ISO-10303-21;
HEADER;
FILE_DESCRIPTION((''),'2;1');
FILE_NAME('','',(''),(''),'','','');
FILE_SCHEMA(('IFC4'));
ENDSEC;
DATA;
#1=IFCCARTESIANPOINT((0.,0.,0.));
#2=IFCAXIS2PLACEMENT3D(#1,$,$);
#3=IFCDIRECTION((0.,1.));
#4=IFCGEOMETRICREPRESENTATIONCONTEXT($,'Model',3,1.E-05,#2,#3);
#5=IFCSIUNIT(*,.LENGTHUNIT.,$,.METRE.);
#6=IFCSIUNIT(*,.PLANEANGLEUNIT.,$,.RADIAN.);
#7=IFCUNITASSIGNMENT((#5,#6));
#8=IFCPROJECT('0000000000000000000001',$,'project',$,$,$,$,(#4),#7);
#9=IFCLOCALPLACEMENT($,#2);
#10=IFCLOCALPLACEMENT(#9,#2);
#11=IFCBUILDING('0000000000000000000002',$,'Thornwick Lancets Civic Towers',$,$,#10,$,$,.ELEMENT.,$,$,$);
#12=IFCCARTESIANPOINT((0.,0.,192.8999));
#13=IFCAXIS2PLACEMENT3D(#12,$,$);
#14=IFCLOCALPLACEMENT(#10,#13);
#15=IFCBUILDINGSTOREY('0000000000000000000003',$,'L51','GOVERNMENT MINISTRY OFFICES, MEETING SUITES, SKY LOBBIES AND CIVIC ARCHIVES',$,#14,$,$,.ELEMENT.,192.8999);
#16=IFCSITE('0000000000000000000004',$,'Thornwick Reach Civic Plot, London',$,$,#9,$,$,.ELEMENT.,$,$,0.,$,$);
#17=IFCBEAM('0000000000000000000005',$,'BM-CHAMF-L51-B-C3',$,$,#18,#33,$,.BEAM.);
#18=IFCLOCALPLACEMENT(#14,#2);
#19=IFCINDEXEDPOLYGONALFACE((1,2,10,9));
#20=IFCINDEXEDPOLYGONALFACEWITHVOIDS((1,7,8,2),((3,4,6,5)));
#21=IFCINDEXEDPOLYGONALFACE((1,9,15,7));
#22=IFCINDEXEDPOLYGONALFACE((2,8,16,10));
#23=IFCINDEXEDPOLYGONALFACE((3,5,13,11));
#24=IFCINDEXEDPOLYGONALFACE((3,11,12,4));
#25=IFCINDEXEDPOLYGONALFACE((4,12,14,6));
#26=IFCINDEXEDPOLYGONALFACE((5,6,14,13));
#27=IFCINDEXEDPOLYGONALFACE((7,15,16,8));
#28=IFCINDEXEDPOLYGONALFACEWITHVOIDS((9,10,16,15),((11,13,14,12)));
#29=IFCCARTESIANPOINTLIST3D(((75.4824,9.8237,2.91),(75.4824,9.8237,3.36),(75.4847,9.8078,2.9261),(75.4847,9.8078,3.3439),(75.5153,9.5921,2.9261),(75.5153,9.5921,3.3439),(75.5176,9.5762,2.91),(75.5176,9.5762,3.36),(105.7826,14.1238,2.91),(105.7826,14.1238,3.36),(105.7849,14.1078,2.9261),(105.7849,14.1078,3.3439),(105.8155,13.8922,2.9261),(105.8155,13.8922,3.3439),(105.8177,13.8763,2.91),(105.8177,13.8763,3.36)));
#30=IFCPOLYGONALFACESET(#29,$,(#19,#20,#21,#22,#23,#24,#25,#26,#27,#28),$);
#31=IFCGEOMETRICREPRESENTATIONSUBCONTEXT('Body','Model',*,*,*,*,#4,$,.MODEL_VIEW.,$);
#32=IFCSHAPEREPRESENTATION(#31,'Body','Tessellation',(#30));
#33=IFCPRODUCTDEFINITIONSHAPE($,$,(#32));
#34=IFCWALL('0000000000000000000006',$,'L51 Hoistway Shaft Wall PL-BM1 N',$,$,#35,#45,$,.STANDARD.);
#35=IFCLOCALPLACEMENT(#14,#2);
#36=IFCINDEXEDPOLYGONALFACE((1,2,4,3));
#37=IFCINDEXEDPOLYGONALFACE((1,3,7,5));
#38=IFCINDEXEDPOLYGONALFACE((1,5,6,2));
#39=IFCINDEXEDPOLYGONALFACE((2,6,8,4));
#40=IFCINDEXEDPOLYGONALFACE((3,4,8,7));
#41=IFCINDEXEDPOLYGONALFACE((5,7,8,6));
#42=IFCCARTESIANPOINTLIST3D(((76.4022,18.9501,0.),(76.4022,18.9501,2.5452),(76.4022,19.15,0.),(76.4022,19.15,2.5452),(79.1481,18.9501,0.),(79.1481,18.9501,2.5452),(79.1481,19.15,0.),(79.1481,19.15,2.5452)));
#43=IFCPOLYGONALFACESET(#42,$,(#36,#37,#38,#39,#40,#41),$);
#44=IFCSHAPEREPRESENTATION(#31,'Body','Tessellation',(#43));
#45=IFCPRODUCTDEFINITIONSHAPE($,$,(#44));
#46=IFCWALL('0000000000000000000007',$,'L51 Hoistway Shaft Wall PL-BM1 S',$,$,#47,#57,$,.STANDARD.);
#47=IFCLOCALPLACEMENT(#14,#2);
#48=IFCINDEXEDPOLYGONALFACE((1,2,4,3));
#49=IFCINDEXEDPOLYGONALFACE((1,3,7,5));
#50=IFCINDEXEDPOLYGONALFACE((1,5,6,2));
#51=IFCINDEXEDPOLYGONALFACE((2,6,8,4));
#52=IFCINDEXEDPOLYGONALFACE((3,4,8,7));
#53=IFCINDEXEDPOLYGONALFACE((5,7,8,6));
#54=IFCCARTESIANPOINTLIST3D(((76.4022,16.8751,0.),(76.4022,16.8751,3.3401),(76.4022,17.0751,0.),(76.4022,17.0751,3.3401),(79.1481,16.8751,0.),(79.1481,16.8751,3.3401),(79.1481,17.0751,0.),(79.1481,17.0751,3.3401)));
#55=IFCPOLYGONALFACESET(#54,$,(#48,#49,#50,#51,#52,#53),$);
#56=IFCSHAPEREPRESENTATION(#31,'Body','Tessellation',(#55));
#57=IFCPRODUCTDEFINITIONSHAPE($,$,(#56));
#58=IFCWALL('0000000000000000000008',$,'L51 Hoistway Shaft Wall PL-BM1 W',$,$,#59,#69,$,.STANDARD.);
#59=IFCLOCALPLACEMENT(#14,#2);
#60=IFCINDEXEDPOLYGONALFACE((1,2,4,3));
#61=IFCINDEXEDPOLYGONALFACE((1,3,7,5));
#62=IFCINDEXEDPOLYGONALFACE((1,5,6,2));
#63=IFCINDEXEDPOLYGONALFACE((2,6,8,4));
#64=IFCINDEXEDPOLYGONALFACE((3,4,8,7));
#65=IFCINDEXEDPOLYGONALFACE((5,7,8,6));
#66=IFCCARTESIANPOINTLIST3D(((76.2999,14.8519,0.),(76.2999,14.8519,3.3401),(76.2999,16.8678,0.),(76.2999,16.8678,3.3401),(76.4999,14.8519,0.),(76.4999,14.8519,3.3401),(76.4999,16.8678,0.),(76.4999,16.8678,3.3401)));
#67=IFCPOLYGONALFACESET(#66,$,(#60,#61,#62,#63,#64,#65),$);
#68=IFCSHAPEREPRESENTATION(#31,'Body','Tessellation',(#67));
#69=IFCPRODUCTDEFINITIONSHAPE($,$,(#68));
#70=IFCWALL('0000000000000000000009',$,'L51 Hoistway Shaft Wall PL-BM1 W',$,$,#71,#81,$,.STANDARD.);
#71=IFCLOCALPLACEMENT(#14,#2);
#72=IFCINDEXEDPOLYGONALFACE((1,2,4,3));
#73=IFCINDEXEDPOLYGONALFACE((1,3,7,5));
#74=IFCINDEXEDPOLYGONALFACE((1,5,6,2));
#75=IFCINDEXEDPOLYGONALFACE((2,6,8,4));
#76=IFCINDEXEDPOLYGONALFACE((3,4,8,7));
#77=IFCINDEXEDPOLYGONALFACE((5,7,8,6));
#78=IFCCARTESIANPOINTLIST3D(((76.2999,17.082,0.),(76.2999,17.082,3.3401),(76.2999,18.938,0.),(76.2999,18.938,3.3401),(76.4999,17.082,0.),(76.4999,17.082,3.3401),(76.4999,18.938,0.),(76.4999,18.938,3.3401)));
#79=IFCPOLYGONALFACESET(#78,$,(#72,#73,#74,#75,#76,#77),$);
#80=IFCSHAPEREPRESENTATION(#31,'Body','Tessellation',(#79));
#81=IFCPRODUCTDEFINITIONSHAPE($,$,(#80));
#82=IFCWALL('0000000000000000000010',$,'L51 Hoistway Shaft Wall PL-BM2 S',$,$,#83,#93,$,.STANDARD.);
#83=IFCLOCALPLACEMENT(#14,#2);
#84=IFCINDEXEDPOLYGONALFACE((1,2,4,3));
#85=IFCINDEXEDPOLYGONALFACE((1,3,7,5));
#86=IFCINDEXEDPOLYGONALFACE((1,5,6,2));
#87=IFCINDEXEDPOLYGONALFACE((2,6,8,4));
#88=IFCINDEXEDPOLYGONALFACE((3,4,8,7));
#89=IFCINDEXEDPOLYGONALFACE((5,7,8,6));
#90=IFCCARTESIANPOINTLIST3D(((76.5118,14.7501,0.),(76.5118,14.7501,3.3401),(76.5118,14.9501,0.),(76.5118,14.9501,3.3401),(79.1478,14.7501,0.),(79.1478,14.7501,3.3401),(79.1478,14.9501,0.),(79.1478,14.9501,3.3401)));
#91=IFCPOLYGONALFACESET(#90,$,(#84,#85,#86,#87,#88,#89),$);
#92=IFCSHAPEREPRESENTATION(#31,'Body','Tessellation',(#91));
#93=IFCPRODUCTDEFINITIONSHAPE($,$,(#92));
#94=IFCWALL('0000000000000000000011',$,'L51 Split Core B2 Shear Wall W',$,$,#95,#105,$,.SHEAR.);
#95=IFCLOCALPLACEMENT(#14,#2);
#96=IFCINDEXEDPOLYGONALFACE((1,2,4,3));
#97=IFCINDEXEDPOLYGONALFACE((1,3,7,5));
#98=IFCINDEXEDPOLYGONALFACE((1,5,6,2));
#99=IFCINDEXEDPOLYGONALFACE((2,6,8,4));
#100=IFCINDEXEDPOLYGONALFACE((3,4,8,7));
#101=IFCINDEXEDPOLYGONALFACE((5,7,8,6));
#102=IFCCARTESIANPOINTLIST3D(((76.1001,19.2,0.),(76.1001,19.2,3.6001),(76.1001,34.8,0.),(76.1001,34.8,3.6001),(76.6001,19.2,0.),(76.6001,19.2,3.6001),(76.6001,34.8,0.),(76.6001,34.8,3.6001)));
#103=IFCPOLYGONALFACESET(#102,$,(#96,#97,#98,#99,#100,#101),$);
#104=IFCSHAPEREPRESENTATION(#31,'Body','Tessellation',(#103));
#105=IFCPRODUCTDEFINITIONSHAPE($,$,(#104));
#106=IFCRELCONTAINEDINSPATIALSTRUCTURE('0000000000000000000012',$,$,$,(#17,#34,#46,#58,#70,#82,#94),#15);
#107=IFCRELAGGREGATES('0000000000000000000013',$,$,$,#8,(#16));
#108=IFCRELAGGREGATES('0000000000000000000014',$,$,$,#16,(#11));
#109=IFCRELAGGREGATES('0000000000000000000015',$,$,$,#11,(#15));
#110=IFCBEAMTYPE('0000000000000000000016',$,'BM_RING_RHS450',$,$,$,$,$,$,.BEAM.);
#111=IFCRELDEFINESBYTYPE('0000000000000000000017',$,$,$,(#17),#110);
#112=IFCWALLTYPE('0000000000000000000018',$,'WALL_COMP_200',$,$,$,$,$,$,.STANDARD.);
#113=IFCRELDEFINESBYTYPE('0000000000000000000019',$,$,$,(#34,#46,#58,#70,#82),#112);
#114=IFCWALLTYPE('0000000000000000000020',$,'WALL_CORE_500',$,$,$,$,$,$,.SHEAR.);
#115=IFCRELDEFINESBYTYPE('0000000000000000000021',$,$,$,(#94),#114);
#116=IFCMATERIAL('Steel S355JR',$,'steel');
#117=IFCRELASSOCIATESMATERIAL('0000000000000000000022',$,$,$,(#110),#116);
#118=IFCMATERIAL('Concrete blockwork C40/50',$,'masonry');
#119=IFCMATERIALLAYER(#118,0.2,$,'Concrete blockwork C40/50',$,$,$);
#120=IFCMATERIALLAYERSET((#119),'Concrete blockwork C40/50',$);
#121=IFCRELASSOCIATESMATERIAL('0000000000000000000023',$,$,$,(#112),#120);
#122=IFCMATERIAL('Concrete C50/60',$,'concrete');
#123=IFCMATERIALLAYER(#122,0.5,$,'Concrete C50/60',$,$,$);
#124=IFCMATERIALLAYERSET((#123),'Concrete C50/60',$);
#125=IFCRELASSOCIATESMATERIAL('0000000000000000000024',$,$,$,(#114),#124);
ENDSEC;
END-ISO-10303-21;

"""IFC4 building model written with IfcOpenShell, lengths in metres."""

from ifc_helpers import new_model, si_unit, direction, frame, frame_2d, origin, origin_2d, place, context, subcontext, project, spatial, rectangle, hollow_rectangle, extrude, material, layer, layer_set, material_profile, profile_set, type_object, element, save


model = new_model("IFC4")

# Units and contexts
model_context = context("Model", 3, precision=1e-05, world=origin(), true_north=direction((0.0, 1.0)))
body_context = subcontext(model_context, "Body", "Model", "MODEL_VIEW")
ifc_project = project(units=[si_unit("LENGTHUNIT", "METRE"), si_unit("PLANEANGLEUNIT", "RADIAN")], contexts=[model_context])

# Site, building, storey
site_placement = place(None, origin())
site = spatial("IfcSite", under=ifc_project, at=site_placement, Name="Thornwick Reach Civic Plot, London", CompositionType="ELEMENT", RefElevation=0.0)
building_placement = place(site_placement, origin())
building = spatial("IfcBuilding", under=site, at=building_placement, Name="Thornwick Lancets Civic Towers", CompositionType="ELEMENT")
storey_placement = place(building_placement, frame((0.0, 0.0, 192.8999)))
storey = spatial("IfcBuildingStorey", under=building, at=storey_placement, Name="L51", Description="GOVERNMENT MINISTRY OFFICES, MEETING SUITES, SKY LOBBIES AND CIVIC ARCHIVES", CompositionType="ELEMENT", Elevation=192.8999)

# Shared definitions
ifc_material_1 = material(Name="Concrete C50/60", Category="concrete")

# Beam
ifc_material_2 = material(Name="Steel S355JR", Category="steel")
ifc_material_profile_1 = material_profile(ifc_material_2, hollow_rectangle(XDim=0.25, YDim=0.45, WallThickness=0.0161, at=origin_2d()), Name="RHS 450x250x16")
ifc_profile_set_1 = profile_set([ifc_material_profile_1], Name="Steel S355JR")
beam_type_1 = type_object("IfcBeamType", Name="BM_RING_RHS450", PredefinedType="BEAM", material=ifc_profile_set_1)
beam_1_placement = place(storey_placement, frame((75.5, 9.7, 3.135), z_axis=(0.99008, 0.140508, 0.0), x_axis=(-0.140508, 0.99008, 0.0)))
element("IfcBeam", 1, at=beam_1_placement, inside=storey, type_object=beam_type_1, Name="BM-CHAMF-L51-B-C3", PredefinedType="BEAM", context=body_context, shape_type="SweptSolid", body=[
    extrude(hollow_rectangle(XDim=0.25, YDim=0.45, WallThickness=0.0161, at=origin_2d()), origin(), (0.0, 0.0, 1.0), 30.6038),
])

# Walls
ifc_material_3 = material(Name="Concrete blockwork C40/50", Category="masonry")
ifc_layer_1 = layer(ifc_material_3, 0.2, Name="Concrete blockwork C40/50")
ifc_layer_set_1 = layer_set([ifc_layer_1], Name="Concrete blockwork C40/50")
wall_type_1 = type_object("IfcWallType", Name="WALL_COMP_200", PredefinedType="STANDARD", material=ifc_layer_set_1)
wall_1_placement = place(storey_placement, frame((76.4021, 19.05, 0.0), z_axis=(0.0, 0.0, 1.0), x_axis=(1.0, 0.0, 0.0)))
element("IfcWall", 2, at=wall_1_placement, inside=storey, type_object=wall_type_1, Name="L51 Hoistway Shaft Wall PL-BM1 N", PredefinedType="STANDARD", context=body_context, shape_type="SweptSolid", body=[
    extrude(rectangle(XDim=2.7458, YDim=0.2, at=frame_2d((1.373, 0.0))), origin(), (0.0, 0.0, 1.0), 2.5452),
])
wall_2_placement = place(storey_placement, frame((76.4021, 16.9751, 0.0), z_axis=(0.0, 0.0, 1.0), x_axis=(1.0, 0.0, 0.0)))
element("IfcWall", 3, at=wall_2_placement, inside=storey, type_object=wall_type_1, Name="L51 Hoistway Shaft Wall PL-BM1 S", PredefinedType="STANDARD", context=body_context, shape_type="SweptSolid", body=[
    extrude(rectangle(XDim=2.7458, YDim=0.2, at=frame_2d((1.373, 0.0))), origin(), (0.0, 0.0, 1.0), 3.3401),
])
wall_3_placement = place(storey_placement, frame((76.3999, 14.8521, 0.0), z_axis=(0.0, 0.0, 1.0), x_axis=(0.0, 1.0, 0.0)))
element("IfcWall", 4, at=wall_3_placement, inside=storey, type_object=wall_type_1, Name="L51 Hoistway Shaft Wall PL-BM1 W", PredefinedType="STANDARD", context=body_context, shape_type="SweptSolid", body=[
    extrude(rectangle(XDim=2.0159, YDim=0.2, at=frame_2d((1.0078, 0.0))), origin(), (0.0, 0.0, 1.0), 3.3401),
])
wall_4_placement = place(storey_placement, frame((76.3999, 17.082, 0.0), z_axis=(0.0, 0.0, 1.0), x_axis=(0.0, 1.0, 0.0)))
element("IfcWall", 5, at=wall_4_placement, inside=storey, type_object=wall_type_1, Name="L51 Hoistway Shaft Wall PL-BM1 W", PredefinedType="STANDARD", context=body_context, shape_type="SweptSolid", body=[
    extrude(rectangle(XDim=1.856, YDim=0.2, at=frame_2d((0.928, 0.0))), origin(), (0.0, 0.0, 1.0), 3.3401),
])
wall_5_placement = place(storey_placement, frame((76.512, 14.8501, 0.0), z_axis=(0.0, 0.0, 1.0), x_axis=(1.0, 0.0, 0.0)))
element("IfcWall", 6, at=wall_5_placement, inside=storey, type_object=wall_type_1, Name="L51 Hoistway Shaft Wall PL-BM2 S", PredefinedType="STANDARD", context=body_context, shape_type="SweptSolid", body=[
    extrude(rectangle(XDim=2.636, YDim=0.2, at=frame_2d((1.3179, 0.0))), origin(), (0.0, 0.0, 1.0), 3.3401),
])
ifc_layer_2 = layer(ifc_material_1, 0.5, Name="Concrete C50/60")
ifc_layer_set_2 = layer_set([ifc_layer_2], Name="Concrete C50/60")
wall_type_2 = type_object("IfcWallType", Name="WALL_CORE_500", PredefinedType="SHEAR", material=ifc_layer_set_2)
wall_6_placement = place(storey_placement, frame((76.3501, 19.2, 0.0), z_axis=(0.0, 0.0, 1.0), x_axis=(0.0, 1.0, 0.0)))
element("IfcWall", 7, at=wall_6_placement, inside=storey, type_object=wall_type_2, Name="L51 Split Core B2 Shear Wall W", PredefinedType="SHEAR", context=body_context, shape_type="SweptSolid", body=[
    extrude(rectangle(XDim=15.6001, YDim=0.5, at=frame_2d((7.8, 0.0))), origin(), (0.0, 0.0, 1.0), 3.6001),
])

save(model, "model.ifc")
